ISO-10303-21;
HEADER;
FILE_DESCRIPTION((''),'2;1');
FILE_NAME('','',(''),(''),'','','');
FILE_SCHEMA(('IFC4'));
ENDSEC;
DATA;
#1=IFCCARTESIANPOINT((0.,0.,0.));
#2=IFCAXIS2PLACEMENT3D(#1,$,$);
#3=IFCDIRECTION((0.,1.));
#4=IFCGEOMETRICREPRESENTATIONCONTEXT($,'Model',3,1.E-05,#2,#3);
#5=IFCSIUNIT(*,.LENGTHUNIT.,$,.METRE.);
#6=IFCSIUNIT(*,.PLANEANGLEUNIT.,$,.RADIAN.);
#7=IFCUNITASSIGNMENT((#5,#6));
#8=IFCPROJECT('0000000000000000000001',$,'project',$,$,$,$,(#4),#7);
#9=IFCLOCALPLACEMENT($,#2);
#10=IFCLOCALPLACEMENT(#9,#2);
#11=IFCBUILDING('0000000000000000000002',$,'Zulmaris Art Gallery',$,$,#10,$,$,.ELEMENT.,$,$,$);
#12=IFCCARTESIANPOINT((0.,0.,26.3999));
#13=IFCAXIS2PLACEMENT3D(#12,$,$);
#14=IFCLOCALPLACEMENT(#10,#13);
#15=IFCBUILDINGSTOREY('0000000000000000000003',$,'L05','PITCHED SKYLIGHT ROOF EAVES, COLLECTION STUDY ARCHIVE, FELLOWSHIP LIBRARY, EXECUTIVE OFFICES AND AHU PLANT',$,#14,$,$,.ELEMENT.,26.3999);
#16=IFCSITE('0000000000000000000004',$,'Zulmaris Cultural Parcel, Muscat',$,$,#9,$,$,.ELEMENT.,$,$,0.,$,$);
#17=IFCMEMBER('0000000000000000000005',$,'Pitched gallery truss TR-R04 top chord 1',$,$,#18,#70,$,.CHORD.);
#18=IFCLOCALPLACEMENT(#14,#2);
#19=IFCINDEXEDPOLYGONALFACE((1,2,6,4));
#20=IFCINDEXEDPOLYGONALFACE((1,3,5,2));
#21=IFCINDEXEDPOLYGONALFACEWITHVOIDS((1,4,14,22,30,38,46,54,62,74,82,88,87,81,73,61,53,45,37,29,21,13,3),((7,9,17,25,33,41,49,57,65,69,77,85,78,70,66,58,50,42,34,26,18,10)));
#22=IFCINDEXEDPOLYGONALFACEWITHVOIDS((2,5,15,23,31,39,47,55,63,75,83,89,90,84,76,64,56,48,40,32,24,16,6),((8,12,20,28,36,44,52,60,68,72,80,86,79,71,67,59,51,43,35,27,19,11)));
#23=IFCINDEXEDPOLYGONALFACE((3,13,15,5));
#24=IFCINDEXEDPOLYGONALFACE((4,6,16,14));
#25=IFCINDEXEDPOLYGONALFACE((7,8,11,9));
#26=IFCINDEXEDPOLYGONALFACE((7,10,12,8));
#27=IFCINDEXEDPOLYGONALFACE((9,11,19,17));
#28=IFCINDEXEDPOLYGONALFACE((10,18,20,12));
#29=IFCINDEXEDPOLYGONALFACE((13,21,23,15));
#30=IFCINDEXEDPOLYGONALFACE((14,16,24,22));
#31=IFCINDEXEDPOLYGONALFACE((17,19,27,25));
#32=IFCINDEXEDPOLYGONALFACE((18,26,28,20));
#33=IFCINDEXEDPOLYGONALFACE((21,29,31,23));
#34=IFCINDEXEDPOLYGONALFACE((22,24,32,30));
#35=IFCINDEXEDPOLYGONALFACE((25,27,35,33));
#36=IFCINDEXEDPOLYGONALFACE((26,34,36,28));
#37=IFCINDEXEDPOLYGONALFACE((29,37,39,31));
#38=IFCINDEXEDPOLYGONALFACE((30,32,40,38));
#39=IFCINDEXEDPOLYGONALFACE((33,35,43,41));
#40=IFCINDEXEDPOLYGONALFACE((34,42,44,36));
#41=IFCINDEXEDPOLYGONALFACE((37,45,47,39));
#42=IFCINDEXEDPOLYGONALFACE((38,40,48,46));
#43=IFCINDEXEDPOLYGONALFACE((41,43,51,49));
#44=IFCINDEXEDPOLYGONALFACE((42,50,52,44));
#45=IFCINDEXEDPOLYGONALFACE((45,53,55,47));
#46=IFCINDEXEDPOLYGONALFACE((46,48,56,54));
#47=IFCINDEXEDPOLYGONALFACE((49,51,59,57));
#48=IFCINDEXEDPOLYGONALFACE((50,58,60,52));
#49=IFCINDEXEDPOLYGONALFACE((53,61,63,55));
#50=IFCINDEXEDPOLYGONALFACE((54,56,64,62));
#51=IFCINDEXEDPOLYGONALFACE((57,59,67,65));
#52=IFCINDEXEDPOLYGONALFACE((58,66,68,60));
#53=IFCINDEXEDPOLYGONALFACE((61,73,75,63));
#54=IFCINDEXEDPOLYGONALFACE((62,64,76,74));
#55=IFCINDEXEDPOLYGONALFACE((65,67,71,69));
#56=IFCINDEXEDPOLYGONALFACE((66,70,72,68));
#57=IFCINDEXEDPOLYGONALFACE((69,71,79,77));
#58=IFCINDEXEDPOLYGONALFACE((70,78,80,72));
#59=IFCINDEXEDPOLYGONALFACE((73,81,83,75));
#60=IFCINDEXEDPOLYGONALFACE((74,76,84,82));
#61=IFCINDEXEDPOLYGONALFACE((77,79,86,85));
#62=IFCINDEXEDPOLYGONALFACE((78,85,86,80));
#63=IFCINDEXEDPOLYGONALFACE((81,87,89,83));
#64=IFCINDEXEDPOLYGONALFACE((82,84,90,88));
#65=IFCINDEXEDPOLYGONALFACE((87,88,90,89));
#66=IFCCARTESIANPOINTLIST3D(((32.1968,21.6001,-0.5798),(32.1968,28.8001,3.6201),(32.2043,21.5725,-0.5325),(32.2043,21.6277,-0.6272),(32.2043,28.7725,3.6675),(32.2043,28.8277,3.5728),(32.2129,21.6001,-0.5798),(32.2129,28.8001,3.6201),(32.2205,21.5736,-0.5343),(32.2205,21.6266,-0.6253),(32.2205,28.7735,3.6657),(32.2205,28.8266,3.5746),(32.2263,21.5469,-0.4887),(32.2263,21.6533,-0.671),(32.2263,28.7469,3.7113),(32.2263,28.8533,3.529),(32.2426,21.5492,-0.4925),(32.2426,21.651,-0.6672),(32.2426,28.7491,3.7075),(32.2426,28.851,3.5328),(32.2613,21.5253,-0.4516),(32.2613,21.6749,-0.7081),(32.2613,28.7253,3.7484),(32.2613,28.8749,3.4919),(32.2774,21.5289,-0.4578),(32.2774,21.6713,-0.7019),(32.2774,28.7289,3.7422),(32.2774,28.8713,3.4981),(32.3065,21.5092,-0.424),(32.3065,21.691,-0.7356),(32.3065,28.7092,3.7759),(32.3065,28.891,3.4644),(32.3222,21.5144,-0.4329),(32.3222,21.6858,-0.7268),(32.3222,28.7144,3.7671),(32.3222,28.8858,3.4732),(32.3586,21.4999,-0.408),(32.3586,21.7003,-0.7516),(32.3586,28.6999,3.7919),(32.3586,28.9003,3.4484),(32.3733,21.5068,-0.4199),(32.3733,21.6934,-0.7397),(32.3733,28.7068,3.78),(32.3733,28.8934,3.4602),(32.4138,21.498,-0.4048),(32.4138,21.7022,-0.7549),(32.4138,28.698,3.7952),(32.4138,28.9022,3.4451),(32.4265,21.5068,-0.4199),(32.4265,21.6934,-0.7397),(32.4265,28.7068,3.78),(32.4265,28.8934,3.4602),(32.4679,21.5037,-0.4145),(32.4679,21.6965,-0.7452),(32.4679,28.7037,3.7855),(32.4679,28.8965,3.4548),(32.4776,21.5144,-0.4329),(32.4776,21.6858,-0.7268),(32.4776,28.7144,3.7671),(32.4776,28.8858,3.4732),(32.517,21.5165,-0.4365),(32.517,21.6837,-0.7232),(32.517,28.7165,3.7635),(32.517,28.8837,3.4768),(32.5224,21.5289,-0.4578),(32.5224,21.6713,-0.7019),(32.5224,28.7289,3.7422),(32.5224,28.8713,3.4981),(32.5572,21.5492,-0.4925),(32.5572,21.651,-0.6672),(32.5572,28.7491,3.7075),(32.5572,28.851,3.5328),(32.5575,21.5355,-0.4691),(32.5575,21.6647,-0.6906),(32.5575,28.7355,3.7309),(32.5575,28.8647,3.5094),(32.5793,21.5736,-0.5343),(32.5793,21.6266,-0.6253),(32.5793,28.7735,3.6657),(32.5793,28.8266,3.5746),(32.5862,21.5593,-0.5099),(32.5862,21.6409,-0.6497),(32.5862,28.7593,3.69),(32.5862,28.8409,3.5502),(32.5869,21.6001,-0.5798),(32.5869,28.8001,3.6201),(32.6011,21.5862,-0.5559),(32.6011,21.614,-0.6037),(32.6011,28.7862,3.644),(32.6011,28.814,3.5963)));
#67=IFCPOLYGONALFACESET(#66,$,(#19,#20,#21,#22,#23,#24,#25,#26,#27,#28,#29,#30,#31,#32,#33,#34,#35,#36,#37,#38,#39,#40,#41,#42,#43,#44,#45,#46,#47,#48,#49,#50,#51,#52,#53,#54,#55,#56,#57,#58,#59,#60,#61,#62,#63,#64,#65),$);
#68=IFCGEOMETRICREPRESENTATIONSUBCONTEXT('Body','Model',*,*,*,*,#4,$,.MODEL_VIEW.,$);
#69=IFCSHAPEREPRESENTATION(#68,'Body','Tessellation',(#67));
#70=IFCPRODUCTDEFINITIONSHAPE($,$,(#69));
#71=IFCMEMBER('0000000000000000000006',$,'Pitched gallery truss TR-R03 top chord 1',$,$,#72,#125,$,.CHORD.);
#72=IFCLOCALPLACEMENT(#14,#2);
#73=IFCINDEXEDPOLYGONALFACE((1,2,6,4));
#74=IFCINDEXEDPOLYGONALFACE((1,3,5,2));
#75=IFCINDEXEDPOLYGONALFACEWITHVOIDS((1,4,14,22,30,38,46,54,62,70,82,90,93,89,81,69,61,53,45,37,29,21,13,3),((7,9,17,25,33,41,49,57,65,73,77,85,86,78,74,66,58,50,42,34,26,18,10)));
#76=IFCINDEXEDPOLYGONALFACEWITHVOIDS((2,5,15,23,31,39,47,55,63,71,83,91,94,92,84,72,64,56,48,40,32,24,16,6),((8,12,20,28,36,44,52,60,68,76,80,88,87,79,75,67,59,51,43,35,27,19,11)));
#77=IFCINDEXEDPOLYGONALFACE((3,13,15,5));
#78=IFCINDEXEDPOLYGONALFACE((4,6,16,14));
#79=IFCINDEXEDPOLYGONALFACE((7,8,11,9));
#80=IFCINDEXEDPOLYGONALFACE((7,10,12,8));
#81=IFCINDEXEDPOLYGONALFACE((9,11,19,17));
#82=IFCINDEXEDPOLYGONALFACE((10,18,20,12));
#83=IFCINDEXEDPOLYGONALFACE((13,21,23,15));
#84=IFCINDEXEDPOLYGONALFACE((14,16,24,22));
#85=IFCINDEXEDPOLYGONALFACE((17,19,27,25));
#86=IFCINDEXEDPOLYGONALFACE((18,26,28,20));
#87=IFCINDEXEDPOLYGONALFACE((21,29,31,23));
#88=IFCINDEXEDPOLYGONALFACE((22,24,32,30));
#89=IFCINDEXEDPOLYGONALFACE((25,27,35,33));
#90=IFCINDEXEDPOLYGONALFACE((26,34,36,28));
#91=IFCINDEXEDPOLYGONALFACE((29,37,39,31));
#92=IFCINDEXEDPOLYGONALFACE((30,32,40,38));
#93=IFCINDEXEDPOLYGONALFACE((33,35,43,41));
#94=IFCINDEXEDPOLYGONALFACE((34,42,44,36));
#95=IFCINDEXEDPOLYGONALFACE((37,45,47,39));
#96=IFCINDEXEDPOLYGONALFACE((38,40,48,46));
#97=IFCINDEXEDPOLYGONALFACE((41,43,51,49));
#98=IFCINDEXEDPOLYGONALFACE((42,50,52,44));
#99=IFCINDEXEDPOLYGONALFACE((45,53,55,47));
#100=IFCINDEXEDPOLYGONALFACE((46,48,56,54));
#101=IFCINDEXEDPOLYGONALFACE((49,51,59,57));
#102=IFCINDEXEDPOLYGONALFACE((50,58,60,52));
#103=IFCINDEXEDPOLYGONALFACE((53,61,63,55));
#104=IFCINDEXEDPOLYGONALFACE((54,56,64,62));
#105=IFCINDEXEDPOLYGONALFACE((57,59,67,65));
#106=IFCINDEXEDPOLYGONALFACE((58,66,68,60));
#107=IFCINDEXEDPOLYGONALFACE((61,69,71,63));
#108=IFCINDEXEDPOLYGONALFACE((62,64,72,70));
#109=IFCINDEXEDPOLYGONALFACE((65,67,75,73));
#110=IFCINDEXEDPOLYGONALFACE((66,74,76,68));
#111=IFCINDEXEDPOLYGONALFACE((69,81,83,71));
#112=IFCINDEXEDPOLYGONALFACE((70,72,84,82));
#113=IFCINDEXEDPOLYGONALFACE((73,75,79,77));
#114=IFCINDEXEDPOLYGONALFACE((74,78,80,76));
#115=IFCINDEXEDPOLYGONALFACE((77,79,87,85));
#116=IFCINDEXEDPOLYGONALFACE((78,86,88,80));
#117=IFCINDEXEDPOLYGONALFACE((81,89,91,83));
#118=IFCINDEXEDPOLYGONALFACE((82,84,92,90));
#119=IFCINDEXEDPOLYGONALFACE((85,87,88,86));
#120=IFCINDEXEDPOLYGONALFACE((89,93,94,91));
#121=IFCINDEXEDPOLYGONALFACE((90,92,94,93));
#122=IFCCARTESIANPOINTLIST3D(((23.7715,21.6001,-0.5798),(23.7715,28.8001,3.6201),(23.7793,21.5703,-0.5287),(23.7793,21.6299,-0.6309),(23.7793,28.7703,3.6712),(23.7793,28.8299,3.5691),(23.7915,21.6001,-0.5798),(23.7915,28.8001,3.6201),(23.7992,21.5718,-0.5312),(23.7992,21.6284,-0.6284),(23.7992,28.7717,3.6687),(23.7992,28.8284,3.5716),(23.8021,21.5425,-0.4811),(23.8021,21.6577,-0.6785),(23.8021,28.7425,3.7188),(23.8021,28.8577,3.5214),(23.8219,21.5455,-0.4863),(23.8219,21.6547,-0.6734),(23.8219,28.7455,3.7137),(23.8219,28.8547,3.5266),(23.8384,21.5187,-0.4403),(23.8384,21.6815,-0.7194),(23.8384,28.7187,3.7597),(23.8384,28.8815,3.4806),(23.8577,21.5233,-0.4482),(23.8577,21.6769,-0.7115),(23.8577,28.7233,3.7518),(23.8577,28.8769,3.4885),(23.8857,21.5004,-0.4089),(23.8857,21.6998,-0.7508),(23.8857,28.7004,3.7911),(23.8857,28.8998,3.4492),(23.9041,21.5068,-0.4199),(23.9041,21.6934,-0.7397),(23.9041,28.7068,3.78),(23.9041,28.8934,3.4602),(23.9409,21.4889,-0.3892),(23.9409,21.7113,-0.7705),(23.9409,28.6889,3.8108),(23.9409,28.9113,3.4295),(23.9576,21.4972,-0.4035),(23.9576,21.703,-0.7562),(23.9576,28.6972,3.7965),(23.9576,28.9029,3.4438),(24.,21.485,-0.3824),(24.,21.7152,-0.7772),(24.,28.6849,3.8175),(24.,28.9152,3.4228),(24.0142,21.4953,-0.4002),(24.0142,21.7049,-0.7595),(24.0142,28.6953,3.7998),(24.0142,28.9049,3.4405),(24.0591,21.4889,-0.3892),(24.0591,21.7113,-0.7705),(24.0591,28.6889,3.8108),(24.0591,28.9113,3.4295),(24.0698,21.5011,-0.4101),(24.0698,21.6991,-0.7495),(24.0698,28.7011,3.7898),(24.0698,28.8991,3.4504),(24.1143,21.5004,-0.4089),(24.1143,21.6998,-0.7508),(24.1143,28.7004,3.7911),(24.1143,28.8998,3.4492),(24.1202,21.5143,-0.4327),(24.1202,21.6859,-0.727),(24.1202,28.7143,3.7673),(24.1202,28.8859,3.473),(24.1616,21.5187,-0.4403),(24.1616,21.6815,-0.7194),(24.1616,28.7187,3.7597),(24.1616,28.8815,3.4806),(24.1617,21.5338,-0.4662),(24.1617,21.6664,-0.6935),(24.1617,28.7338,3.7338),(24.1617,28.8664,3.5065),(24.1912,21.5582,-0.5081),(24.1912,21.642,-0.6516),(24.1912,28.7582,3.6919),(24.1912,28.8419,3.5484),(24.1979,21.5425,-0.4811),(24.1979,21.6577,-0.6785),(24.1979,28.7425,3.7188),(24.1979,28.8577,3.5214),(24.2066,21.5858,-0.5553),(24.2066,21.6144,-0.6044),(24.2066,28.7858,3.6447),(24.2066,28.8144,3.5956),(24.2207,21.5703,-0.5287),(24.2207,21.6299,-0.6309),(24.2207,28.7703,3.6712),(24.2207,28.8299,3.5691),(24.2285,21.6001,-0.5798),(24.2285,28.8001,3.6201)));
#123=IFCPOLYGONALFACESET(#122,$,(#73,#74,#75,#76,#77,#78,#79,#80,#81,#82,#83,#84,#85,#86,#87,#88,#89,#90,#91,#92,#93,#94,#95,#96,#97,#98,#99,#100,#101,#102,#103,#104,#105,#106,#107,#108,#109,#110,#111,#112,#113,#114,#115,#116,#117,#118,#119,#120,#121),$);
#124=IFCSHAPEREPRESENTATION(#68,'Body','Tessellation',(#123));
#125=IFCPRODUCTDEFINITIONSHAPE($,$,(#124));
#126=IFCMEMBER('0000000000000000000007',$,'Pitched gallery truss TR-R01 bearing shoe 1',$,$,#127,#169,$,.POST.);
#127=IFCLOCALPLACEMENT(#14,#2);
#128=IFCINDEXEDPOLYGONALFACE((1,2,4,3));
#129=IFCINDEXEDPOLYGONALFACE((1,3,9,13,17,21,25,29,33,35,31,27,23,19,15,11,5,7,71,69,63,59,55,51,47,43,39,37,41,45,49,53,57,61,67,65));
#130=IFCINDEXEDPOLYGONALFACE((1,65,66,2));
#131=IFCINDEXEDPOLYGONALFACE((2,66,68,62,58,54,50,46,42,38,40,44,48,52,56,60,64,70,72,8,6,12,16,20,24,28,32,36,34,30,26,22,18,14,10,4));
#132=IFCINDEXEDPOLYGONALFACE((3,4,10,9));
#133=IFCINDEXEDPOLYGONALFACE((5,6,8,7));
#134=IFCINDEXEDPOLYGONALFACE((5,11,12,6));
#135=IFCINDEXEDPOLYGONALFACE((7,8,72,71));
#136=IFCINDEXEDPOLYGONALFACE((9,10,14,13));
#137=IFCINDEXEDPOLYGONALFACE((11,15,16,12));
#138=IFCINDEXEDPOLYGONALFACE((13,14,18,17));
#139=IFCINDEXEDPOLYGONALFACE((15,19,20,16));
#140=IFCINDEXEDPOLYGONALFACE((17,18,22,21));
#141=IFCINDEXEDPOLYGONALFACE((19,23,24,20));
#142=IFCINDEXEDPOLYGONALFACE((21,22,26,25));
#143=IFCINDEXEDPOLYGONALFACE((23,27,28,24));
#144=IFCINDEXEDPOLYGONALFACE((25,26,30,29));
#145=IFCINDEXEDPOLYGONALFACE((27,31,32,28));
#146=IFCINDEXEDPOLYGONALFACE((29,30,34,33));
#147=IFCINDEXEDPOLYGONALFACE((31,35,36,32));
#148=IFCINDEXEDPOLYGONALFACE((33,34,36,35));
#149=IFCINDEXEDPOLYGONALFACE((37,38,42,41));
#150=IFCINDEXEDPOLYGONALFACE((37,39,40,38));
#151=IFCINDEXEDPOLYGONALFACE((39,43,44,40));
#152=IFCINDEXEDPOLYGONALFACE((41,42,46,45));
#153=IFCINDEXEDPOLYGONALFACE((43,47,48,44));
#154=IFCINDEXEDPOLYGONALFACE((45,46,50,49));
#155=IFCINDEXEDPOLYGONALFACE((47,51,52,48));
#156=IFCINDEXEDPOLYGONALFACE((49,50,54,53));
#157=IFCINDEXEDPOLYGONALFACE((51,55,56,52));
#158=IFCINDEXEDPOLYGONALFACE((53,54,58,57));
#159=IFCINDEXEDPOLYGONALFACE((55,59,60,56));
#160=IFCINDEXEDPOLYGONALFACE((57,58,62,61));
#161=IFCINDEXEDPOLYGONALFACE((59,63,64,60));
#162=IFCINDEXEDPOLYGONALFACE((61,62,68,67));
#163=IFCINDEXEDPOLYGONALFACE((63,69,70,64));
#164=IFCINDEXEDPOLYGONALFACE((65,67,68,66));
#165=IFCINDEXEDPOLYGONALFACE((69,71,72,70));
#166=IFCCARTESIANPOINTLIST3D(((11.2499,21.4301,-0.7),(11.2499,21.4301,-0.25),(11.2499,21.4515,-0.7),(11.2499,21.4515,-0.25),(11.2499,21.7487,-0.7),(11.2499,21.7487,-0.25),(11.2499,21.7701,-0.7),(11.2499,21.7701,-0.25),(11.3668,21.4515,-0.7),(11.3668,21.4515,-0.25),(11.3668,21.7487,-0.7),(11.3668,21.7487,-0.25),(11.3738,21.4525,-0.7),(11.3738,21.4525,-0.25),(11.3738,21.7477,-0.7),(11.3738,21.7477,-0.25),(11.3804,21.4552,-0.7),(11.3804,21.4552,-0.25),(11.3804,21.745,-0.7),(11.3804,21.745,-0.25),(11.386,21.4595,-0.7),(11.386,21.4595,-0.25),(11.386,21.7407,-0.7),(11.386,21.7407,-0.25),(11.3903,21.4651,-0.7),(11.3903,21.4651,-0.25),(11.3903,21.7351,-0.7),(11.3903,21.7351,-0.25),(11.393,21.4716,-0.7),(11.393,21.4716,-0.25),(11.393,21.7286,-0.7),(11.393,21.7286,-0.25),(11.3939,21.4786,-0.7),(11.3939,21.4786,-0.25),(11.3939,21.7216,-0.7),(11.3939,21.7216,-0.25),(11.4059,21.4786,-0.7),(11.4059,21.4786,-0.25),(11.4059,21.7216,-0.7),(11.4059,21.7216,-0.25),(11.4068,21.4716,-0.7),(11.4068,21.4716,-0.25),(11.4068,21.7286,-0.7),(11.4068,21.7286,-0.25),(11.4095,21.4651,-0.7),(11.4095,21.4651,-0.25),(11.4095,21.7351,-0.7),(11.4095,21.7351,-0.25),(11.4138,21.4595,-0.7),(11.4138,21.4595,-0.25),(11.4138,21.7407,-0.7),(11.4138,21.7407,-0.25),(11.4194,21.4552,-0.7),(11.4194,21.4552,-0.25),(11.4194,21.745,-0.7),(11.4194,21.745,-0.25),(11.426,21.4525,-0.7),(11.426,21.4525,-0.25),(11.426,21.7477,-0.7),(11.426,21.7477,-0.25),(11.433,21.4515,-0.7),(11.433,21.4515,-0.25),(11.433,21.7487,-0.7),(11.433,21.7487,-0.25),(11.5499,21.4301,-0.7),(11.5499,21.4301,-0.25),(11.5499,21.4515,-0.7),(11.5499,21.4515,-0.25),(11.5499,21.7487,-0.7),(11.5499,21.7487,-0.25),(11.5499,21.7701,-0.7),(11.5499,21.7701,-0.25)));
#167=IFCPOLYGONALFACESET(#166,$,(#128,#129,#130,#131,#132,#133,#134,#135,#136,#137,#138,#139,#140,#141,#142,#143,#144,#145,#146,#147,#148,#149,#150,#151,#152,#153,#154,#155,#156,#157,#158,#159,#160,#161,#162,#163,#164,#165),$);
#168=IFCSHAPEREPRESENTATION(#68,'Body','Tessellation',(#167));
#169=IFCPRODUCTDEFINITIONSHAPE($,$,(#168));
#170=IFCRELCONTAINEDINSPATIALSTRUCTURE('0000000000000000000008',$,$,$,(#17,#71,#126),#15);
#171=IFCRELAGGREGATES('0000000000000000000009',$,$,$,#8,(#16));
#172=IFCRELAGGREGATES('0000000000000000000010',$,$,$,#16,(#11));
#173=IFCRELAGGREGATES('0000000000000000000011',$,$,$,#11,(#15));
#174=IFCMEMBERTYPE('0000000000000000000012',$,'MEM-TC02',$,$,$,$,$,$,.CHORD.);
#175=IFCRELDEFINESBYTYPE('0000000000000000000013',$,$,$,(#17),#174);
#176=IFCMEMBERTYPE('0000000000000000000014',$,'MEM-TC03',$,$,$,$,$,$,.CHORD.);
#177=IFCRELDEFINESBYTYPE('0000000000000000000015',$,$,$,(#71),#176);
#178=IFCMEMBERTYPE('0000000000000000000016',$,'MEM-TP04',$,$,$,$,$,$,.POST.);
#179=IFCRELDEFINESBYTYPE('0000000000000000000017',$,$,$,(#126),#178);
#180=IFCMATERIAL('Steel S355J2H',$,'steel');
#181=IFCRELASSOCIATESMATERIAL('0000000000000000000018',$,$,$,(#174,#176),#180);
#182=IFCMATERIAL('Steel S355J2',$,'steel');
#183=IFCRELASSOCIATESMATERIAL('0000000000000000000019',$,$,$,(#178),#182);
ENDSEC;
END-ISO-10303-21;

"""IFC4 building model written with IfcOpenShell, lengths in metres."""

from ifc_helpers import new_model, si_unit, direction, frame, origin, origin_2d, place, context, subcontext, project, spatial, hollow_circle, i_section, extrude, material, material_profile, profile_set, type_object, element, save


model = new_model("IFC4")

# Units and contexts
model_context = context("Model", 3, precision=1e-05, world=origin(), true_north=direction((0.0, 1.0)))
body_context = subcontext(model_context, "Body", "Model", "MODEL_VIEW")
ifc_project = project(units=[si_unit("LENGTHUNIT", "METRE"), si_unit("PLANEANGLEUNIT", "RADIAN")], contexts=[model_context])

# Site, building, storey
site_placement = place(None, origin())
site = spatial("IfcSite", under=ifc_project, at=site_placement, Name="Zulmaris Cultural Parcel, Muscat", CompositionType="ELEMENT", RefElevation=0.0)
building_placement = place(site_placement, origin())
building = spatial("IfcBuilding", under=site, at=building_placement, Name="Zulmaris Art Gallery", CompositionType="ELEMENT")
storey_placement = place(building_placement, frame((0.0, 0.0, 26.3999)))
storey = spatial("IfcBuildingStorey", under=building, at=storey_placement, Name="L05", Description="PITCHED SKYLIGHT ROOF EAVES, COLLECTION STUDY ARCHIVE, FELLOWSHIP LIBRARY, EXECUTIVE OFFICES AND AHU PLANT", CompositionType="ELEMENT", Elevation=26.3999)

# Members
ifc_material_1 = material(Name="Steel S355J2H", Category="steel")
ifc_material_profile_1 = material_profile(ifc_material_1, hollow_circle(Radius=0.2031, WallThickness=0.0161, at=origin_2d()), Name="CHS 406.4x16")
ifc_profile_set_1 = profile_set([ifc_material_profile_1], Name="Steel S355J2H")
member_type_1 = type_object("IfcMemberType", Name="MEM-TC02", PredefinedType="CHORD", material=ifc_profile_set_1)
for number, where, z_axis, x_axis, name in (
    (1, (32.3999, 21.6001, -0.5798), (0.0, 0.86378, 0.503869), (-1.0, 0.0, 0.0), "Pitched gallery truss TR-R04 top chord 1"),
):
    element("IfcMember", number, at=place(storey_placement, frame(where, z_axis=z_axis, x_axis=x_axis)), inside=storey, type_object=member_type_1, Name=name, PredefinedType="CHORD", context=body_context, shape_type="SweptSolid", body=[
        extrude(hollow_circle(Radius=0.2031, WallThickness=0.0161, at=origin_2d()), origin(), (0.0, 0.0, 1.0), 8.3354),
    ])
ifc_material_profile_2 = material_profile(ifc_material_1, hollow_circle(Radius=0.2285, WallThickness=0.02, at=origin_2d()), Name="CHS 457x20")
ifc_profile_set_2 = profile_set([ifc_material_profile_2], Name="Steel S355J2H")
member_type_2 = type_object("IfcMemberType", Name="MEM-TC03", PredefinedType="CHORD", material=ifc_profile_set_2)
member_1_placement = place(storey_placement, frame((24.0, 21.6001, -0.5798), z_axis=(0.0, 0.86378, 0.503869), x_axis=(-1.0, 0.0, 0.0)))
element("IfcMember", 2, at=member_1_placement, inside=storey, type_object=member_type_2, Name="Pitched gallery truss TR-R03 top chord 1", PredefinedType="CHORD", context=body_context, shape_type="SweptSolid", body=[
    extrude(hollow_circle(Radius=0.2285, WallThickness=0.02, at=origin_2d()), origin(), (0.0, 0.0, 1.0), 8.3354),
])
ifc_material_2 = material(Name="Steel S355J2", Category="steel")
ifc_material_profile_3 = material_profile(ifc_material_2, i_section(OverallWidth=0.3, OverallDepth=0.3401, WebThickness=0.012, FlangeThickness=0.0215, FilletRadius=0.0271, at=origin_2d()), Name="HEB 340")
ifc_profile_set_3 = profile_set([ifc_material_profile_3], Name="Steel S355J2")
member_type_3 = type_object("IfcMemberType", Name="MEM-TP04", PredefinedType="POST", material=ifc_profile_set_3)
for number, where, z_axis, x_axis, name in (
    (3, (11.3999, 21.6001, -0.7), (0.0, 0.0, 1.0), (1.0, 0.0, 0.0), "Pitched gallery truss TR-R01 bearing shoe 1"),
):
    element("IfcMember", number, at=place(storey_placement, frame(where, z_axis=z_axis, x_axis=x_axis)), inside=storey, type_object=member_type_3, Name=name, PredefinedType="POST", context=body_context, shape_type="SweptSolid", body=[
        extrude(i_section(OverallWidth=0.3, OverallDepth=0.3401, WebThickness=0.012, FlangeThickness=0.0215, FilletRadius=0.0271, at=origin_2d()), origin(), (0.0, 0.0, 1.0), 0.45),
    ])

save(model, "model.ifc")
